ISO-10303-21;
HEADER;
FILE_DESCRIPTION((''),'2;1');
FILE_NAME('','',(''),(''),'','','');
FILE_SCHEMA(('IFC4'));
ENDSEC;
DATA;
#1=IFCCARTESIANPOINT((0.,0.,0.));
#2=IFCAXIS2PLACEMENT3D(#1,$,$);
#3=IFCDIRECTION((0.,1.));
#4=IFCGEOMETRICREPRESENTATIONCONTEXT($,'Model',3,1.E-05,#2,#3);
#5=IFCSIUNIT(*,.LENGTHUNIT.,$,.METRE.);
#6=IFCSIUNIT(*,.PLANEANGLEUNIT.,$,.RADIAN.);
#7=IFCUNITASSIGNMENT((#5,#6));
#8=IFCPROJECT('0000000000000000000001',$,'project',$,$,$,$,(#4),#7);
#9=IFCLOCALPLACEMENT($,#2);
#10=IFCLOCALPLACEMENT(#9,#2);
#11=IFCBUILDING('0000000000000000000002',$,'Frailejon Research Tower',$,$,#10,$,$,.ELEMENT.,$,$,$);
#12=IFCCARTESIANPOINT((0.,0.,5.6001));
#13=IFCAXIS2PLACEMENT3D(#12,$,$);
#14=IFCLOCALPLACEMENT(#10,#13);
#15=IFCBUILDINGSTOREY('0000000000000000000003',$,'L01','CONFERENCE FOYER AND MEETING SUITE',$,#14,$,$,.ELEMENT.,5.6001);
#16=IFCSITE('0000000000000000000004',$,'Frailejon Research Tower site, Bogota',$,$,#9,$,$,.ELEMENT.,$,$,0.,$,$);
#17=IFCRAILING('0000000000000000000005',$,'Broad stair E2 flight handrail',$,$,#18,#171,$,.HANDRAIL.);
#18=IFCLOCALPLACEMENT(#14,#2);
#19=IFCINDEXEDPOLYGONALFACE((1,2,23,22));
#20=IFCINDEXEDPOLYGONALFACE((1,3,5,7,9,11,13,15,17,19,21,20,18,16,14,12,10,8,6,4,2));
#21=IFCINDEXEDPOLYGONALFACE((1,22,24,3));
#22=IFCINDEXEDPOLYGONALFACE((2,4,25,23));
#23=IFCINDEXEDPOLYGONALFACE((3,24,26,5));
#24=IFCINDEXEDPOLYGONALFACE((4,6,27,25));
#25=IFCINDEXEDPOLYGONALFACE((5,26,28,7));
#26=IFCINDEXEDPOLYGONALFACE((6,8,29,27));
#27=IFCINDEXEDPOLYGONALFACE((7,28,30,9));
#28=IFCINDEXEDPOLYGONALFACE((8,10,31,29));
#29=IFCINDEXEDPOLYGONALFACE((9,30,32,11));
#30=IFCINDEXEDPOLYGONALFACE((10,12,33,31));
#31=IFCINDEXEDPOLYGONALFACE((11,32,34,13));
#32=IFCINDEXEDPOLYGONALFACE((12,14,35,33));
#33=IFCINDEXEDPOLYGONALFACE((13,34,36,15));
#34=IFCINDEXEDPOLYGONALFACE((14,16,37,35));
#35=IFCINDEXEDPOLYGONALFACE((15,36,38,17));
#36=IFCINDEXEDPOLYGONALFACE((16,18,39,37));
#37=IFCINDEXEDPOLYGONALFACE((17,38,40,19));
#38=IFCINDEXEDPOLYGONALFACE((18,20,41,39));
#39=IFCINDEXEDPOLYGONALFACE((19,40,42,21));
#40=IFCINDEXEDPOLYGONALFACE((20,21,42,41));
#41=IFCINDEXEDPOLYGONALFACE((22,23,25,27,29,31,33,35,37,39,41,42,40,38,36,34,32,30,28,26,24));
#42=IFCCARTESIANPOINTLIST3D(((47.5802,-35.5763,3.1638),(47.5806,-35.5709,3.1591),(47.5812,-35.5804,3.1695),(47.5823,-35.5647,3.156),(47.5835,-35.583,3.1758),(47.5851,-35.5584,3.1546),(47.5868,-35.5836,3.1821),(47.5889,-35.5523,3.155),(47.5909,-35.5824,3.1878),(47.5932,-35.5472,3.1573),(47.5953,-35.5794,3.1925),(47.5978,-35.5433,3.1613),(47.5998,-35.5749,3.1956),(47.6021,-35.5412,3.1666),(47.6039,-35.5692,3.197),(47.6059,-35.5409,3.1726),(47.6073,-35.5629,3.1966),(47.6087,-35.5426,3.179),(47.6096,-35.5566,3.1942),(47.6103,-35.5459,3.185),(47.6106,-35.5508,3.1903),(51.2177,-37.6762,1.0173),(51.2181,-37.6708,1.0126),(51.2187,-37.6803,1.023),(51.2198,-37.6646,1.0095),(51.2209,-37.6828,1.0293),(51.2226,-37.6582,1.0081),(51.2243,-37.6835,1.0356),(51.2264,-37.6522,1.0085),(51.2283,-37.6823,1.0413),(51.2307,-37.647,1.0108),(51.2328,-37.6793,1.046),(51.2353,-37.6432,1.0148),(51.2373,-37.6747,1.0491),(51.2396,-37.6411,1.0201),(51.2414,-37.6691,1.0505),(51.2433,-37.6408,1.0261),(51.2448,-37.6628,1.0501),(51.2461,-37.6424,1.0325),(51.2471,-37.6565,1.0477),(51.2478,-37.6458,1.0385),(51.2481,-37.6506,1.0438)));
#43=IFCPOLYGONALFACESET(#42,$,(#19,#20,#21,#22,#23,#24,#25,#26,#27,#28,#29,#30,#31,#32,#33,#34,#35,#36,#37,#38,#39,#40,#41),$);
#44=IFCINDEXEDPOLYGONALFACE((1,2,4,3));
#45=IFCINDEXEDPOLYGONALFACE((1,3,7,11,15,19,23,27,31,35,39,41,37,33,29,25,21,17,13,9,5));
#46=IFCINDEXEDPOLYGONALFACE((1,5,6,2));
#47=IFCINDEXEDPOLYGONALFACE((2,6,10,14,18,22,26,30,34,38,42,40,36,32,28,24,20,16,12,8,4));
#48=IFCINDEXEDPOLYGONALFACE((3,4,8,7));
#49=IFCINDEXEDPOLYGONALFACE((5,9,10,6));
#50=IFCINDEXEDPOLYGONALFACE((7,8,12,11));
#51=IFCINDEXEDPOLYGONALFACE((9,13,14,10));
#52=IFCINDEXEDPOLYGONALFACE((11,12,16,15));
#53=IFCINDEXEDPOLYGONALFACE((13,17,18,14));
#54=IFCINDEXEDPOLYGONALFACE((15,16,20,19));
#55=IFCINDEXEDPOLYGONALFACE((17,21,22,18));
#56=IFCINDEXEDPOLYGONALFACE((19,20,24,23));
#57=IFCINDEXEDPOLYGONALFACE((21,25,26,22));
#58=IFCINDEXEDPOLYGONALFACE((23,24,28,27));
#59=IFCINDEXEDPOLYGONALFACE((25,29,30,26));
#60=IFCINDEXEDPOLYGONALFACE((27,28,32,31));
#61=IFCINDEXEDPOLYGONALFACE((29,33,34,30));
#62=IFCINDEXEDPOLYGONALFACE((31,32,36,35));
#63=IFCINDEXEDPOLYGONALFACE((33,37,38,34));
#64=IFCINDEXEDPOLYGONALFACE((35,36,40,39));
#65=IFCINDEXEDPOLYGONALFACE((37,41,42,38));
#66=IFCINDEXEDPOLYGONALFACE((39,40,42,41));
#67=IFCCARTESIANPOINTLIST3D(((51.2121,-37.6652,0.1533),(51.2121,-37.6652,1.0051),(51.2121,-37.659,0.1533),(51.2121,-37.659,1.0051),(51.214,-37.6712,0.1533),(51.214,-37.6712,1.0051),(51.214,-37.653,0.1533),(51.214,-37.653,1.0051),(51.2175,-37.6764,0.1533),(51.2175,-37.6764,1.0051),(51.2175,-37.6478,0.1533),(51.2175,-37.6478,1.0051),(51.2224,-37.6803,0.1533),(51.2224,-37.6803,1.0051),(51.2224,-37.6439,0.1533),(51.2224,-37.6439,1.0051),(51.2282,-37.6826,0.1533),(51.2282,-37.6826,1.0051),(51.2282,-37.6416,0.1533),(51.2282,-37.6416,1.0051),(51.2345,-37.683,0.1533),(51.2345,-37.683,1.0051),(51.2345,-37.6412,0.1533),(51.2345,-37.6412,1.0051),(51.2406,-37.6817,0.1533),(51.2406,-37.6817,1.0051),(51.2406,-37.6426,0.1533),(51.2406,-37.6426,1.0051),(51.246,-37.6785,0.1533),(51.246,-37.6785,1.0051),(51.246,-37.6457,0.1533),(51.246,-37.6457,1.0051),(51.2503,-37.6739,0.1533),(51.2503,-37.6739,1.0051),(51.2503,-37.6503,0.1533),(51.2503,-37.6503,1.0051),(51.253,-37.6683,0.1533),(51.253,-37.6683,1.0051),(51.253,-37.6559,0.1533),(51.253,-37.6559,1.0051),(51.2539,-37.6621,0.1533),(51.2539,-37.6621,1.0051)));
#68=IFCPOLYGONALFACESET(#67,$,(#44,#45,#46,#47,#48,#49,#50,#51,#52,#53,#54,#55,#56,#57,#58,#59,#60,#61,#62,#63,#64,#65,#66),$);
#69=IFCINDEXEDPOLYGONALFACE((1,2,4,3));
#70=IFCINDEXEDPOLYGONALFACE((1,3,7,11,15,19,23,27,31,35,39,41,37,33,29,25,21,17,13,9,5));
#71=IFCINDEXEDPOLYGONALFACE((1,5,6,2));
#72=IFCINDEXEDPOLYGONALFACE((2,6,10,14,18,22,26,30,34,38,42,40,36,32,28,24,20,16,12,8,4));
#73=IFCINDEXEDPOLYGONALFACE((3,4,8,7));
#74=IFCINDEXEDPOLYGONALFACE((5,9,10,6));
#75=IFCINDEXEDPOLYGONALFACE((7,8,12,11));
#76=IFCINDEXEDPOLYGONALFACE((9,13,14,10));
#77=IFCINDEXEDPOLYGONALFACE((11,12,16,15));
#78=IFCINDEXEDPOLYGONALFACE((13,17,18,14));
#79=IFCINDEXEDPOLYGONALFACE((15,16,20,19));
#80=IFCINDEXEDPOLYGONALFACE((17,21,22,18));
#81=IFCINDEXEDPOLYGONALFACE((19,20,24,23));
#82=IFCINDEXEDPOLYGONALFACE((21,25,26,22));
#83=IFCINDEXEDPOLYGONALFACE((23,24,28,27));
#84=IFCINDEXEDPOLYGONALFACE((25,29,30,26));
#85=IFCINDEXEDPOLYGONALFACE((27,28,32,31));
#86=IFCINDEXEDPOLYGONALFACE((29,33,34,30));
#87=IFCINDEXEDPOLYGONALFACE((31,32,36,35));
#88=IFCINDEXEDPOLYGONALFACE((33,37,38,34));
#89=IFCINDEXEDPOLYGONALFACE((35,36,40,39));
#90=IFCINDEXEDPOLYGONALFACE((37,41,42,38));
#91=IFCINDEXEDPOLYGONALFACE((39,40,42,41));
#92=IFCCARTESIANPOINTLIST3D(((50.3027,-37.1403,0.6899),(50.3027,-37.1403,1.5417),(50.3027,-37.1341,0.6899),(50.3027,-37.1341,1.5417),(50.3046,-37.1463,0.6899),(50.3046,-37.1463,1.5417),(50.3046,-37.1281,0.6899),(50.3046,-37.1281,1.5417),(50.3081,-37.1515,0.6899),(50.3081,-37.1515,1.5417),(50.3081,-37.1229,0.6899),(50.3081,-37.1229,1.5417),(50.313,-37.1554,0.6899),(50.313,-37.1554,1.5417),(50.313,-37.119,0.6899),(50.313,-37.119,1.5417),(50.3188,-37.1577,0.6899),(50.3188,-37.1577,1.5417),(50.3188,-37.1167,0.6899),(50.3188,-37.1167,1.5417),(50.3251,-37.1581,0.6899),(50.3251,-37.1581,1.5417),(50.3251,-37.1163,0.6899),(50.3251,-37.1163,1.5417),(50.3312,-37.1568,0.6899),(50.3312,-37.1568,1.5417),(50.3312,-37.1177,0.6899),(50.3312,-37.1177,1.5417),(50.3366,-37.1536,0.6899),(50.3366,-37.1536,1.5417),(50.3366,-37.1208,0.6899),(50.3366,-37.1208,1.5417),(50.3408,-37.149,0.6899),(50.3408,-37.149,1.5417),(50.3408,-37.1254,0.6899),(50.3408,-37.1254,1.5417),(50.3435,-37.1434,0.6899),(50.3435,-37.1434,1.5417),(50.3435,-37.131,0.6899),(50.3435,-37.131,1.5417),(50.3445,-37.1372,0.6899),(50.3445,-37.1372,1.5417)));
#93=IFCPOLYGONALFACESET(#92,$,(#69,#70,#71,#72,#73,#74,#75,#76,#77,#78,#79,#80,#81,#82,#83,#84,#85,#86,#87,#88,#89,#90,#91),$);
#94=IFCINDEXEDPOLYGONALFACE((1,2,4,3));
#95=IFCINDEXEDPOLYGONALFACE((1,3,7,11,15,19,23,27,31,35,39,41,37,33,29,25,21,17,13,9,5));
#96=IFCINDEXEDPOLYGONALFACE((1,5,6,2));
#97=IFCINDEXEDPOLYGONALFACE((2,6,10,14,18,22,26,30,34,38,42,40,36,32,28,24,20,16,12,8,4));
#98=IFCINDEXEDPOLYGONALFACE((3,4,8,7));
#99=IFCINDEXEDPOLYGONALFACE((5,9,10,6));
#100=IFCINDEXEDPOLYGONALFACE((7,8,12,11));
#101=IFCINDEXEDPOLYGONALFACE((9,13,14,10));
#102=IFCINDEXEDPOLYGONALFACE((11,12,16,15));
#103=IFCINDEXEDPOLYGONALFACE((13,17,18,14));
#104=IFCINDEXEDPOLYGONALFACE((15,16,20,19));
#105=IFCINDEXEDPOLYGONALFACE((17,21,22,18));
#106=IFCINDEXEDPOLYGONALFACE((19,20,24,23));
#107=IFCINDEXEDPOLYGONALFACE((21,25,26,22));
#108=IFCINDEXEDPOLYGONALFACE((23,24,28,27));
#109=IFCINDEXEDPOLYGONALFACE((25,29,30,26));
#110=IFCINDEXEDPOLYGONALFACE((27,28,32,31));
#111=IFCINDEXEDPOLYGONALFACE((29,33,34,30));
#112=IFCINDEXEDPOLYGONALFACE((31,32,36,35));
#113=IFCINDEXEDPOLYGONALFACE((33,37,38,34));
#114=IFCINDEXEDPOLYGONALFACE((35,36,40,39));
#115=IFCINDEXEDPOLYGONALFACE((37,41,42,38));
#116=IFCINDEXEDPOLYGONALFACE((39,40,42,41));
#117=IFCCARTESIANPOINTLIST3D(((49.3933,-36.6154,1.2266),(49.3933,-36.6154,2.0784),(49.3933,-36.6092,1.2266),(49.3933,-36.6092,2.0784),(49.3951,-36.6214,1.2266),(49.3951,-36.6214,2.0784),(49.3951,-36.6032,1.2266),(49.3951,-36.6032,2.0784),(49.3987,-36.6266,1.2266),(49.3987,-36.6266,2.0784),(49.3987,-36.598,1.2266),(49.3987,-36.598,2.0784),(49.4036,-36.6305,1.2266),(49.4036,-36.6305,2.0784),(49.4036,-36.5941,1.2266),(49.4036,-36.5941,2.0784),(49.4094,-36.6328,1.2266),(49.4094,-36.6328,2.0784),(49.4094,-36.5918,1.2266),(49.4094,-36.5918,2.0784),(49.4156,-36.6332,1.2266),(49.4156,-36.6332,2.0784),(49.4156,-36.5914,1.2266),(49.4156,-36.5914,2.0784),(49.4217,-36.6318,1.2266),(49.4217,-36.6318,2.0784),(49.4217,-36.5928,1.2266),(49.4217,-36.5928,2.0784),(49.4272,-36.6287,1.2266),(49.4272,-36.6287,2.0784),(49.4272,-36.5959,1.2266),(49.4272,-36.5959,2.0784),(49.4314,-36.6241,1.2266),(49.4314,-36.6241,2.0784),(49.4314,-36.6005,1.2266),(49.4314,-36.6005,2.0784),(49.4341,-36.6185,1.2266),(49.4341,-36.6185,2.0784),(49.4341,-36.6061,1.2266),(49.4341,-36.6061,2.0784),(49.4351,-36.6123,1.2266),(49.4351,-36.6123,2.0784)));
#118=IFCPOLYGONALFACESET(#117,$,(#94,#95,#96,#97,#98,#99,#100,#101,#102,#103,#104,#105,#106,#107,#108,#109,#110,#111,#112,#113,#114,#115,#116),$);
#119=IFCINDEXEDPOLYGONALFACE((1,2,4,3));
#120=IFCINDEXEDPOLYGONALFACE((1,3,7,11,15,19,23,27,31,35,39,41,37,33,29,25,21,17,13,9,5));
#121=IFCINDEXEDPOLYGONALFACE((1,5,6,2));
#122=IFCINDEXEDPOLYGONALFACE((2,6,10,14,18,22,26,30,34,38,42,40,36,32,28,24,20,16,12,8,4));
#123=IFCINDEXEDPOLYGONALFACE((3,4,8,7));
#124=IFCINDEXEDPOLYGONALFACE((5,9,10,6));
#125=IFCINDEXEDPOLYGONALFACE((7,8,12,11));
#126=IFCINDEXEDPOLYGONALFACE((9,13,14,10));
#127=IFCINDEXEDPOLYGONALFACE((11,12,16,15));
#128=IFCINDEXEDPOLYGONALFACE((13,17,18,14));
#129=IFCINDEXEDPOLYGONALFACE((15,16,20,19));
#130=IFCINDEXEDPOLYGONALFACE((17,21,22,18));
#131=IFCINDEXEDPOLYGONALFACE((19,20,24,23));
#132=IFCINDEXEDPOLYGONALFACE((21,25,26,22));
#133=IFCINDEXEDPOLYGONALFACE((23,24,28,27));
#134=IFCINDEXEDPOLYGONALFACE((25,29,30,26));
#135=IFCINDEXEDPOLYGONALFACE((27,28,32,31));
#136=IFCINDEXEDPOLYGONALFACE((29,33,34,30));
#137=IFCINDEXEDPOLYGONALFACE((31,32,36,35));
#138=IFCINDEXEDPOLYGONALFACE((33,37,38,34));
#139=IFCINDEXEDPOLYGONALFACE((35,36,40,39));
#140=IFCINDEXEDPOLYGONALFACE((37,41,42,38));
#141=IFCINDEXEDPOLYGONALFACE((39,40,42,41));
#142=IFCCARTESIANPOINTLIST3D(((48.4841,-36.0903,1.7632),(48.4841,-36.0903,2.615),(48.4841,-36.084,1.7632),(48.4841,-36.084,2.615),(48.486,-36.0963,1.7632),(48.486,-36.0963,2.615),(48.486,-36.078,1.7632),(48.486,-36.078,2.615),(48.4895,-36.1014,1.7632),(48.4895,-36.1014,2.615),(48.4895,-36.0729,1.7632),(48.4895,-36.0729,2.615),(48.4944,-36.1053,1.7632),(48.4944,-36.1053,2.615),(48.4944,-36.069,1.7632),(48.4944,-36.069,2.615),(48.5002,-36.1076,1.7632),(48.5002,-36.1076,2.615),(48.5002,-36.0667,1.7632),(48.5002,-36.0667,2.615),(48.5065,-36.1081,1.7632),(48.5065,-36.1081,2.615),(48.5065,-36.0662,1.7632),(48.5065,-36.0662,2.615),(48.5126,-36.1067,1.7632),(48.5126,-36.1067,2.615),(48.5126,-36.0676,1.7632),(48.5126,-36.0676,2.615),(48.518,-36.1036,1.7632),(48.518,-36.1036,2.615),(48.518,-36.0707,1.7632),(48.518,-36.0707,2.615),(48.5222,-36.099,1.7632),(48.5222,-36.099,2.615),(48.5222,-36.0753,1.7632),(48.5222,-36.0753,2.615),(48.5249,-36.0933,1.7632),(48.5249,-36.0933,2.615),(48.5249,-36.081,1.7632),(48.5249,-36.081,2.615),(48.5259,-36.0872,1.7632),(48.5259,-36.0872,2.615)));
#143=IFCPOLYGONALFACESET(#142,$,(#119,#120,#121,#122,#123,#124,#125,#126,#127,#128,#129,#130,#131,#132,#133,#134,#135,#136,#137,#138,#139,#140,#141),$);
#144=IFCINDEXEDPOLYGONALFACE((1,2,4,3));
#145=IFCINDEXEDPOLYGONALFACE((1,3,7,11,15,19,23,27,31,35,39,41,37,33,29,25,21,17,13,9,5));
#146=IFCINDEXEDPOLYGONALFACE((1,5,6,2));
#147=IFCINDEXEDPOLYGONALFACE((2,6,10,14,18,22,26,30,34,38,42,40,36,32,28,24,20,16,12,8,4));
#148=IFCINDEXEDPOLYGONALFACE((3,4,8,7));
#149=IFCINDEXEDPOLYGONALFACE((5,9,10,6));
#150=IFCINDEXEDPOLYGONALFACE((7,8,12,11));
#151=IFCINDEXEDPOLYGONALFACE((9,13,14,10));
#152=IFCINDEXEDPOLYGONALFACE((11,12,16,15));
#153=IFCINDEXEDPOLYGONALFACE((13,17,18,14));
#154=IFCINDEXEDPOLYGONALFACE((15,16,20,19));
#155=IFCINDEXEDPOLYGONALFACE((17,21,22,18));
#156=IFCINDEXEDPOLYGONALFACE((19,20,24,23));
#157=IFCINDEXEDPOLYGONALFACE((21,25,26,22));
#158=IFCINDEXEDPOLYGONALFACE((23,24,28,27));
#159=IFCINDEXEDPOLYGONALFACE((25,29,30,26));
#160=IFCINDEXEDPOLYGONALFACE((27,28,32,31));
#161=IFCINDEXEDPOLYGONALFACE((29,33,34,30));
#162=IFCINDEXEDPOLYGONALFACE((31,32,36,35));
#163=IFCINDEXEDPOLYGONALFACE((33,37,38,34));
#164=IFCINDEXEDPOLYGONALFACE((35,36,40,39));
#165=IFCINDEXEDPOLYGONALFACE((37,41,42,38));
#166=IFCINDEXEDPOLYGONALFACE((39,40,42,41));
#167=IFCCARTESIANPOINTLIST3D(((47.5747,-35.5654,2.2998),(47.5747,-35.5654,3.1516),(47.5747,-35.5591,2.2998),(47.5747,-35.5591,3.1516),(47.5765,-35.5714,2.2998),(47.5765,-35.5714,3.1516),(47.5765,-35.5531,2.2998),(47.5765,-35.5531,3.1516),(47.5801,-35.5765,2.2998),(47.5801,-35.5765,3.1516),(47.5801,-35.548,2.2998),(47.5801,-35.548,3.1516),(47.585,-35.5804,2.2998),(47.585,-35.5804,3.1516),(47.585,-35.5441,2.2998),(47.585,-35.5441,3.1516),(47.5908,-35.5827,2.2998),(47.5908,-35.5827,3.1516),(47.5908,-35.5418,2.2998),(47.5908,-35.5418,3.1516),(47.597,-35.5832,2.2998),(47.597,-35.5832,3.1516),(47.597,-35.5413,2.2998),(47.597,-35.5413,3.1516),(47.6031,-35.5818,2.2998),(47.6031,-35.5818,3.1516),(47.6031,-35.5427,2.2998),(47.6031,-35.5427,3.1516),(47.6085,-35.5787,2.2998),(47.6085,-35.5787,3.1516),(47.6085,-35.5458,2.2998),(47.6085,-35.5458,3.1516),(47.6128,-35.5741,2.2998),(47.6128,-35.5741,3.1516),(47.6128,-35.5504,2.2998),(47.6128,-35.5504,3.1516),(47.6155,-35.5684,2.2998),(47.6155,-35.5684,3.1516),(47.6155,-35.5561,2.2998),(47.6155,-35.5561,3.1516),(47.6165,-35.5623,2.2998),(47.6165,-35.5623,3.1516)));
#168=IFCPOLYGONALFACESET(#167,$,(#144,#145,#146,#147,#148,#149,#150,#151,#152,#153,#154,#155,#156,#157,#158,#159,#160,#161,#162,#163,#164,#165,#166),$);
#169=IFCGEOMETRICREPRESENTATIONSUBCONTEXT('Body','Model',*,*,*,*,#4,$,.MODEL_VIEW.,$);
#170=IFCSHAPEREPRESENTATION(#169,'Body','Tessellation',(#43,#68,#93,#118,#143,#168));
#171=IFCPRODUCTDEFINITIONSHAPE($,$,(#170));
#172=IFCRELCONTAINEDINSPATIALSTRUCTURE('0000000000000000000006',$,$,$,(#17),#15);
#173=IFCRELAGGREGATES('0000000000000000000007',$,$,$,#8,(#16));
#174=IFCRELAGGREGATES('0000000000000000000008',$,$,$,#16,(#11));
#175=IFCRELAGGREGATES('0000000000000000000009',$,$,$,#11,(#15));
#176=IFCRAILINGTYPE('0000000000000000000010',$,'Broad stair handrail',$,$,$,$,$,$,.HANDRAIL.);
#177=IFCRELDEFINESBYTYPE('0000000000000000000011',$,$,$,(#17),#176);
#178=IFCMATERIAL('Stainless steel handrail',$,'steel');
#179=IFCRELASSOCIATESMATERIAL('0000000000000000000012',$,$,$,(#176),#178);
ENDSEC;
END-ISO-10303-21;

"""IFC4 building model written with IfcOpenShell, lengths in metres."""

from ifc_helpers import new_model, si_unit, direction, frame, origin, origin_2d, place, context, subcontext, project, spatial, circle, extrude, material, type_object, element, save


model = new_model("IFC4")

# Units and contexts
model_context = context("Model", 3, precision=1e-05, world=origin(), true_north=direction((0.0, 1.0)))
body_context = subcontext(model_context, "Body", "Model", "MODEL_VIEW")
ifc_project = project(units=[si_unit("LENGTHUNIT", "METRE"), si_unit("PLANEANGLEUNIT", "RADIAN")], contexts=[model_context])

# Site, building, storey
site_placement = place(None, origin())
site = spatial("IfcSite", under=ifc_project, at=site_placement, Name="Frailejon Research Tower site, Bogota", CompositionType="ELEMENT", RefElevation=0.0)
building_placement = place(site_placement, origin())
building = spatial("IfcBuilding", under=site, at=building_placement, Name="Frailejon Research Tower", CompositionType="ELEMENT")
storey_placement = place(building_placement, frame((0.0, 0.0, 5.6001)))
storey = spatial("IfcBuildingStorey", under=building, at=storey_placement, Name="L01", Description="CONFERENCE FOYER AND MEETING SUITE", CompositionType="ELEMENT", Elevation=5.6001)

# Railing
ifc_material_1 = material(Name="Stainless steel handrail", Category="steel")
railing_type_1 = type_object("IfcRailingType", Name="Broad stair handrail", PredefinedType="HANDRAIL", material=ifc_material_1)
railing_1_placement = place(storey_placement, frame((51.2329, -37.6621, 0.1533)))
element("IfcRailing", 1, at=railing_1_placement, inside=storey, type_object=railing_type_1, Name="Broad stair E2 flight handrail", PredefinedType="HANDRAIL", context=body_context, shape_type="SweptSolid", body=[
    extrude(circle(Radius=0.0239, at=origin_2d()), frame((0.0, 0.0, 0.876), z_axis=(-0.771176, 0.44519, 0.455076), x_axis=(-0.499959, -0.866049, 0.0)), (0.0, 0.0, 1.0), 4.7168),
    extrude(circle(Radius=0.021, at=origin_2d()), origin(), (0.0, 0.0, 1.0), 0.8518),
    extrude(circle(Radius=0.021, at=origin_2d()), frame((-0.9094, 0.5249, 0.5366)), (0.0, 0.0, 1.0), 0.8518),
    extrude(circle(Radius=0.021, at=origin_2d()), frame((-1.8188, 1.0498, 1.0732)), (0.0, 0.0, 1.0), 0.8518),
    extrude(circle(Radius=0.021, at=origin_2d()), frame((-2.728, 1.575, 1.6099)), (0.0, 0.0, 1.0), 0.8518),
    extrude(circle(Radius=0.021, at=origin_2d()), frame((-3.6375, 2.0999, 2.1465)), (0.0, 0.0, 1.0), 0.8518),
])

save(model, "model.ifc")
